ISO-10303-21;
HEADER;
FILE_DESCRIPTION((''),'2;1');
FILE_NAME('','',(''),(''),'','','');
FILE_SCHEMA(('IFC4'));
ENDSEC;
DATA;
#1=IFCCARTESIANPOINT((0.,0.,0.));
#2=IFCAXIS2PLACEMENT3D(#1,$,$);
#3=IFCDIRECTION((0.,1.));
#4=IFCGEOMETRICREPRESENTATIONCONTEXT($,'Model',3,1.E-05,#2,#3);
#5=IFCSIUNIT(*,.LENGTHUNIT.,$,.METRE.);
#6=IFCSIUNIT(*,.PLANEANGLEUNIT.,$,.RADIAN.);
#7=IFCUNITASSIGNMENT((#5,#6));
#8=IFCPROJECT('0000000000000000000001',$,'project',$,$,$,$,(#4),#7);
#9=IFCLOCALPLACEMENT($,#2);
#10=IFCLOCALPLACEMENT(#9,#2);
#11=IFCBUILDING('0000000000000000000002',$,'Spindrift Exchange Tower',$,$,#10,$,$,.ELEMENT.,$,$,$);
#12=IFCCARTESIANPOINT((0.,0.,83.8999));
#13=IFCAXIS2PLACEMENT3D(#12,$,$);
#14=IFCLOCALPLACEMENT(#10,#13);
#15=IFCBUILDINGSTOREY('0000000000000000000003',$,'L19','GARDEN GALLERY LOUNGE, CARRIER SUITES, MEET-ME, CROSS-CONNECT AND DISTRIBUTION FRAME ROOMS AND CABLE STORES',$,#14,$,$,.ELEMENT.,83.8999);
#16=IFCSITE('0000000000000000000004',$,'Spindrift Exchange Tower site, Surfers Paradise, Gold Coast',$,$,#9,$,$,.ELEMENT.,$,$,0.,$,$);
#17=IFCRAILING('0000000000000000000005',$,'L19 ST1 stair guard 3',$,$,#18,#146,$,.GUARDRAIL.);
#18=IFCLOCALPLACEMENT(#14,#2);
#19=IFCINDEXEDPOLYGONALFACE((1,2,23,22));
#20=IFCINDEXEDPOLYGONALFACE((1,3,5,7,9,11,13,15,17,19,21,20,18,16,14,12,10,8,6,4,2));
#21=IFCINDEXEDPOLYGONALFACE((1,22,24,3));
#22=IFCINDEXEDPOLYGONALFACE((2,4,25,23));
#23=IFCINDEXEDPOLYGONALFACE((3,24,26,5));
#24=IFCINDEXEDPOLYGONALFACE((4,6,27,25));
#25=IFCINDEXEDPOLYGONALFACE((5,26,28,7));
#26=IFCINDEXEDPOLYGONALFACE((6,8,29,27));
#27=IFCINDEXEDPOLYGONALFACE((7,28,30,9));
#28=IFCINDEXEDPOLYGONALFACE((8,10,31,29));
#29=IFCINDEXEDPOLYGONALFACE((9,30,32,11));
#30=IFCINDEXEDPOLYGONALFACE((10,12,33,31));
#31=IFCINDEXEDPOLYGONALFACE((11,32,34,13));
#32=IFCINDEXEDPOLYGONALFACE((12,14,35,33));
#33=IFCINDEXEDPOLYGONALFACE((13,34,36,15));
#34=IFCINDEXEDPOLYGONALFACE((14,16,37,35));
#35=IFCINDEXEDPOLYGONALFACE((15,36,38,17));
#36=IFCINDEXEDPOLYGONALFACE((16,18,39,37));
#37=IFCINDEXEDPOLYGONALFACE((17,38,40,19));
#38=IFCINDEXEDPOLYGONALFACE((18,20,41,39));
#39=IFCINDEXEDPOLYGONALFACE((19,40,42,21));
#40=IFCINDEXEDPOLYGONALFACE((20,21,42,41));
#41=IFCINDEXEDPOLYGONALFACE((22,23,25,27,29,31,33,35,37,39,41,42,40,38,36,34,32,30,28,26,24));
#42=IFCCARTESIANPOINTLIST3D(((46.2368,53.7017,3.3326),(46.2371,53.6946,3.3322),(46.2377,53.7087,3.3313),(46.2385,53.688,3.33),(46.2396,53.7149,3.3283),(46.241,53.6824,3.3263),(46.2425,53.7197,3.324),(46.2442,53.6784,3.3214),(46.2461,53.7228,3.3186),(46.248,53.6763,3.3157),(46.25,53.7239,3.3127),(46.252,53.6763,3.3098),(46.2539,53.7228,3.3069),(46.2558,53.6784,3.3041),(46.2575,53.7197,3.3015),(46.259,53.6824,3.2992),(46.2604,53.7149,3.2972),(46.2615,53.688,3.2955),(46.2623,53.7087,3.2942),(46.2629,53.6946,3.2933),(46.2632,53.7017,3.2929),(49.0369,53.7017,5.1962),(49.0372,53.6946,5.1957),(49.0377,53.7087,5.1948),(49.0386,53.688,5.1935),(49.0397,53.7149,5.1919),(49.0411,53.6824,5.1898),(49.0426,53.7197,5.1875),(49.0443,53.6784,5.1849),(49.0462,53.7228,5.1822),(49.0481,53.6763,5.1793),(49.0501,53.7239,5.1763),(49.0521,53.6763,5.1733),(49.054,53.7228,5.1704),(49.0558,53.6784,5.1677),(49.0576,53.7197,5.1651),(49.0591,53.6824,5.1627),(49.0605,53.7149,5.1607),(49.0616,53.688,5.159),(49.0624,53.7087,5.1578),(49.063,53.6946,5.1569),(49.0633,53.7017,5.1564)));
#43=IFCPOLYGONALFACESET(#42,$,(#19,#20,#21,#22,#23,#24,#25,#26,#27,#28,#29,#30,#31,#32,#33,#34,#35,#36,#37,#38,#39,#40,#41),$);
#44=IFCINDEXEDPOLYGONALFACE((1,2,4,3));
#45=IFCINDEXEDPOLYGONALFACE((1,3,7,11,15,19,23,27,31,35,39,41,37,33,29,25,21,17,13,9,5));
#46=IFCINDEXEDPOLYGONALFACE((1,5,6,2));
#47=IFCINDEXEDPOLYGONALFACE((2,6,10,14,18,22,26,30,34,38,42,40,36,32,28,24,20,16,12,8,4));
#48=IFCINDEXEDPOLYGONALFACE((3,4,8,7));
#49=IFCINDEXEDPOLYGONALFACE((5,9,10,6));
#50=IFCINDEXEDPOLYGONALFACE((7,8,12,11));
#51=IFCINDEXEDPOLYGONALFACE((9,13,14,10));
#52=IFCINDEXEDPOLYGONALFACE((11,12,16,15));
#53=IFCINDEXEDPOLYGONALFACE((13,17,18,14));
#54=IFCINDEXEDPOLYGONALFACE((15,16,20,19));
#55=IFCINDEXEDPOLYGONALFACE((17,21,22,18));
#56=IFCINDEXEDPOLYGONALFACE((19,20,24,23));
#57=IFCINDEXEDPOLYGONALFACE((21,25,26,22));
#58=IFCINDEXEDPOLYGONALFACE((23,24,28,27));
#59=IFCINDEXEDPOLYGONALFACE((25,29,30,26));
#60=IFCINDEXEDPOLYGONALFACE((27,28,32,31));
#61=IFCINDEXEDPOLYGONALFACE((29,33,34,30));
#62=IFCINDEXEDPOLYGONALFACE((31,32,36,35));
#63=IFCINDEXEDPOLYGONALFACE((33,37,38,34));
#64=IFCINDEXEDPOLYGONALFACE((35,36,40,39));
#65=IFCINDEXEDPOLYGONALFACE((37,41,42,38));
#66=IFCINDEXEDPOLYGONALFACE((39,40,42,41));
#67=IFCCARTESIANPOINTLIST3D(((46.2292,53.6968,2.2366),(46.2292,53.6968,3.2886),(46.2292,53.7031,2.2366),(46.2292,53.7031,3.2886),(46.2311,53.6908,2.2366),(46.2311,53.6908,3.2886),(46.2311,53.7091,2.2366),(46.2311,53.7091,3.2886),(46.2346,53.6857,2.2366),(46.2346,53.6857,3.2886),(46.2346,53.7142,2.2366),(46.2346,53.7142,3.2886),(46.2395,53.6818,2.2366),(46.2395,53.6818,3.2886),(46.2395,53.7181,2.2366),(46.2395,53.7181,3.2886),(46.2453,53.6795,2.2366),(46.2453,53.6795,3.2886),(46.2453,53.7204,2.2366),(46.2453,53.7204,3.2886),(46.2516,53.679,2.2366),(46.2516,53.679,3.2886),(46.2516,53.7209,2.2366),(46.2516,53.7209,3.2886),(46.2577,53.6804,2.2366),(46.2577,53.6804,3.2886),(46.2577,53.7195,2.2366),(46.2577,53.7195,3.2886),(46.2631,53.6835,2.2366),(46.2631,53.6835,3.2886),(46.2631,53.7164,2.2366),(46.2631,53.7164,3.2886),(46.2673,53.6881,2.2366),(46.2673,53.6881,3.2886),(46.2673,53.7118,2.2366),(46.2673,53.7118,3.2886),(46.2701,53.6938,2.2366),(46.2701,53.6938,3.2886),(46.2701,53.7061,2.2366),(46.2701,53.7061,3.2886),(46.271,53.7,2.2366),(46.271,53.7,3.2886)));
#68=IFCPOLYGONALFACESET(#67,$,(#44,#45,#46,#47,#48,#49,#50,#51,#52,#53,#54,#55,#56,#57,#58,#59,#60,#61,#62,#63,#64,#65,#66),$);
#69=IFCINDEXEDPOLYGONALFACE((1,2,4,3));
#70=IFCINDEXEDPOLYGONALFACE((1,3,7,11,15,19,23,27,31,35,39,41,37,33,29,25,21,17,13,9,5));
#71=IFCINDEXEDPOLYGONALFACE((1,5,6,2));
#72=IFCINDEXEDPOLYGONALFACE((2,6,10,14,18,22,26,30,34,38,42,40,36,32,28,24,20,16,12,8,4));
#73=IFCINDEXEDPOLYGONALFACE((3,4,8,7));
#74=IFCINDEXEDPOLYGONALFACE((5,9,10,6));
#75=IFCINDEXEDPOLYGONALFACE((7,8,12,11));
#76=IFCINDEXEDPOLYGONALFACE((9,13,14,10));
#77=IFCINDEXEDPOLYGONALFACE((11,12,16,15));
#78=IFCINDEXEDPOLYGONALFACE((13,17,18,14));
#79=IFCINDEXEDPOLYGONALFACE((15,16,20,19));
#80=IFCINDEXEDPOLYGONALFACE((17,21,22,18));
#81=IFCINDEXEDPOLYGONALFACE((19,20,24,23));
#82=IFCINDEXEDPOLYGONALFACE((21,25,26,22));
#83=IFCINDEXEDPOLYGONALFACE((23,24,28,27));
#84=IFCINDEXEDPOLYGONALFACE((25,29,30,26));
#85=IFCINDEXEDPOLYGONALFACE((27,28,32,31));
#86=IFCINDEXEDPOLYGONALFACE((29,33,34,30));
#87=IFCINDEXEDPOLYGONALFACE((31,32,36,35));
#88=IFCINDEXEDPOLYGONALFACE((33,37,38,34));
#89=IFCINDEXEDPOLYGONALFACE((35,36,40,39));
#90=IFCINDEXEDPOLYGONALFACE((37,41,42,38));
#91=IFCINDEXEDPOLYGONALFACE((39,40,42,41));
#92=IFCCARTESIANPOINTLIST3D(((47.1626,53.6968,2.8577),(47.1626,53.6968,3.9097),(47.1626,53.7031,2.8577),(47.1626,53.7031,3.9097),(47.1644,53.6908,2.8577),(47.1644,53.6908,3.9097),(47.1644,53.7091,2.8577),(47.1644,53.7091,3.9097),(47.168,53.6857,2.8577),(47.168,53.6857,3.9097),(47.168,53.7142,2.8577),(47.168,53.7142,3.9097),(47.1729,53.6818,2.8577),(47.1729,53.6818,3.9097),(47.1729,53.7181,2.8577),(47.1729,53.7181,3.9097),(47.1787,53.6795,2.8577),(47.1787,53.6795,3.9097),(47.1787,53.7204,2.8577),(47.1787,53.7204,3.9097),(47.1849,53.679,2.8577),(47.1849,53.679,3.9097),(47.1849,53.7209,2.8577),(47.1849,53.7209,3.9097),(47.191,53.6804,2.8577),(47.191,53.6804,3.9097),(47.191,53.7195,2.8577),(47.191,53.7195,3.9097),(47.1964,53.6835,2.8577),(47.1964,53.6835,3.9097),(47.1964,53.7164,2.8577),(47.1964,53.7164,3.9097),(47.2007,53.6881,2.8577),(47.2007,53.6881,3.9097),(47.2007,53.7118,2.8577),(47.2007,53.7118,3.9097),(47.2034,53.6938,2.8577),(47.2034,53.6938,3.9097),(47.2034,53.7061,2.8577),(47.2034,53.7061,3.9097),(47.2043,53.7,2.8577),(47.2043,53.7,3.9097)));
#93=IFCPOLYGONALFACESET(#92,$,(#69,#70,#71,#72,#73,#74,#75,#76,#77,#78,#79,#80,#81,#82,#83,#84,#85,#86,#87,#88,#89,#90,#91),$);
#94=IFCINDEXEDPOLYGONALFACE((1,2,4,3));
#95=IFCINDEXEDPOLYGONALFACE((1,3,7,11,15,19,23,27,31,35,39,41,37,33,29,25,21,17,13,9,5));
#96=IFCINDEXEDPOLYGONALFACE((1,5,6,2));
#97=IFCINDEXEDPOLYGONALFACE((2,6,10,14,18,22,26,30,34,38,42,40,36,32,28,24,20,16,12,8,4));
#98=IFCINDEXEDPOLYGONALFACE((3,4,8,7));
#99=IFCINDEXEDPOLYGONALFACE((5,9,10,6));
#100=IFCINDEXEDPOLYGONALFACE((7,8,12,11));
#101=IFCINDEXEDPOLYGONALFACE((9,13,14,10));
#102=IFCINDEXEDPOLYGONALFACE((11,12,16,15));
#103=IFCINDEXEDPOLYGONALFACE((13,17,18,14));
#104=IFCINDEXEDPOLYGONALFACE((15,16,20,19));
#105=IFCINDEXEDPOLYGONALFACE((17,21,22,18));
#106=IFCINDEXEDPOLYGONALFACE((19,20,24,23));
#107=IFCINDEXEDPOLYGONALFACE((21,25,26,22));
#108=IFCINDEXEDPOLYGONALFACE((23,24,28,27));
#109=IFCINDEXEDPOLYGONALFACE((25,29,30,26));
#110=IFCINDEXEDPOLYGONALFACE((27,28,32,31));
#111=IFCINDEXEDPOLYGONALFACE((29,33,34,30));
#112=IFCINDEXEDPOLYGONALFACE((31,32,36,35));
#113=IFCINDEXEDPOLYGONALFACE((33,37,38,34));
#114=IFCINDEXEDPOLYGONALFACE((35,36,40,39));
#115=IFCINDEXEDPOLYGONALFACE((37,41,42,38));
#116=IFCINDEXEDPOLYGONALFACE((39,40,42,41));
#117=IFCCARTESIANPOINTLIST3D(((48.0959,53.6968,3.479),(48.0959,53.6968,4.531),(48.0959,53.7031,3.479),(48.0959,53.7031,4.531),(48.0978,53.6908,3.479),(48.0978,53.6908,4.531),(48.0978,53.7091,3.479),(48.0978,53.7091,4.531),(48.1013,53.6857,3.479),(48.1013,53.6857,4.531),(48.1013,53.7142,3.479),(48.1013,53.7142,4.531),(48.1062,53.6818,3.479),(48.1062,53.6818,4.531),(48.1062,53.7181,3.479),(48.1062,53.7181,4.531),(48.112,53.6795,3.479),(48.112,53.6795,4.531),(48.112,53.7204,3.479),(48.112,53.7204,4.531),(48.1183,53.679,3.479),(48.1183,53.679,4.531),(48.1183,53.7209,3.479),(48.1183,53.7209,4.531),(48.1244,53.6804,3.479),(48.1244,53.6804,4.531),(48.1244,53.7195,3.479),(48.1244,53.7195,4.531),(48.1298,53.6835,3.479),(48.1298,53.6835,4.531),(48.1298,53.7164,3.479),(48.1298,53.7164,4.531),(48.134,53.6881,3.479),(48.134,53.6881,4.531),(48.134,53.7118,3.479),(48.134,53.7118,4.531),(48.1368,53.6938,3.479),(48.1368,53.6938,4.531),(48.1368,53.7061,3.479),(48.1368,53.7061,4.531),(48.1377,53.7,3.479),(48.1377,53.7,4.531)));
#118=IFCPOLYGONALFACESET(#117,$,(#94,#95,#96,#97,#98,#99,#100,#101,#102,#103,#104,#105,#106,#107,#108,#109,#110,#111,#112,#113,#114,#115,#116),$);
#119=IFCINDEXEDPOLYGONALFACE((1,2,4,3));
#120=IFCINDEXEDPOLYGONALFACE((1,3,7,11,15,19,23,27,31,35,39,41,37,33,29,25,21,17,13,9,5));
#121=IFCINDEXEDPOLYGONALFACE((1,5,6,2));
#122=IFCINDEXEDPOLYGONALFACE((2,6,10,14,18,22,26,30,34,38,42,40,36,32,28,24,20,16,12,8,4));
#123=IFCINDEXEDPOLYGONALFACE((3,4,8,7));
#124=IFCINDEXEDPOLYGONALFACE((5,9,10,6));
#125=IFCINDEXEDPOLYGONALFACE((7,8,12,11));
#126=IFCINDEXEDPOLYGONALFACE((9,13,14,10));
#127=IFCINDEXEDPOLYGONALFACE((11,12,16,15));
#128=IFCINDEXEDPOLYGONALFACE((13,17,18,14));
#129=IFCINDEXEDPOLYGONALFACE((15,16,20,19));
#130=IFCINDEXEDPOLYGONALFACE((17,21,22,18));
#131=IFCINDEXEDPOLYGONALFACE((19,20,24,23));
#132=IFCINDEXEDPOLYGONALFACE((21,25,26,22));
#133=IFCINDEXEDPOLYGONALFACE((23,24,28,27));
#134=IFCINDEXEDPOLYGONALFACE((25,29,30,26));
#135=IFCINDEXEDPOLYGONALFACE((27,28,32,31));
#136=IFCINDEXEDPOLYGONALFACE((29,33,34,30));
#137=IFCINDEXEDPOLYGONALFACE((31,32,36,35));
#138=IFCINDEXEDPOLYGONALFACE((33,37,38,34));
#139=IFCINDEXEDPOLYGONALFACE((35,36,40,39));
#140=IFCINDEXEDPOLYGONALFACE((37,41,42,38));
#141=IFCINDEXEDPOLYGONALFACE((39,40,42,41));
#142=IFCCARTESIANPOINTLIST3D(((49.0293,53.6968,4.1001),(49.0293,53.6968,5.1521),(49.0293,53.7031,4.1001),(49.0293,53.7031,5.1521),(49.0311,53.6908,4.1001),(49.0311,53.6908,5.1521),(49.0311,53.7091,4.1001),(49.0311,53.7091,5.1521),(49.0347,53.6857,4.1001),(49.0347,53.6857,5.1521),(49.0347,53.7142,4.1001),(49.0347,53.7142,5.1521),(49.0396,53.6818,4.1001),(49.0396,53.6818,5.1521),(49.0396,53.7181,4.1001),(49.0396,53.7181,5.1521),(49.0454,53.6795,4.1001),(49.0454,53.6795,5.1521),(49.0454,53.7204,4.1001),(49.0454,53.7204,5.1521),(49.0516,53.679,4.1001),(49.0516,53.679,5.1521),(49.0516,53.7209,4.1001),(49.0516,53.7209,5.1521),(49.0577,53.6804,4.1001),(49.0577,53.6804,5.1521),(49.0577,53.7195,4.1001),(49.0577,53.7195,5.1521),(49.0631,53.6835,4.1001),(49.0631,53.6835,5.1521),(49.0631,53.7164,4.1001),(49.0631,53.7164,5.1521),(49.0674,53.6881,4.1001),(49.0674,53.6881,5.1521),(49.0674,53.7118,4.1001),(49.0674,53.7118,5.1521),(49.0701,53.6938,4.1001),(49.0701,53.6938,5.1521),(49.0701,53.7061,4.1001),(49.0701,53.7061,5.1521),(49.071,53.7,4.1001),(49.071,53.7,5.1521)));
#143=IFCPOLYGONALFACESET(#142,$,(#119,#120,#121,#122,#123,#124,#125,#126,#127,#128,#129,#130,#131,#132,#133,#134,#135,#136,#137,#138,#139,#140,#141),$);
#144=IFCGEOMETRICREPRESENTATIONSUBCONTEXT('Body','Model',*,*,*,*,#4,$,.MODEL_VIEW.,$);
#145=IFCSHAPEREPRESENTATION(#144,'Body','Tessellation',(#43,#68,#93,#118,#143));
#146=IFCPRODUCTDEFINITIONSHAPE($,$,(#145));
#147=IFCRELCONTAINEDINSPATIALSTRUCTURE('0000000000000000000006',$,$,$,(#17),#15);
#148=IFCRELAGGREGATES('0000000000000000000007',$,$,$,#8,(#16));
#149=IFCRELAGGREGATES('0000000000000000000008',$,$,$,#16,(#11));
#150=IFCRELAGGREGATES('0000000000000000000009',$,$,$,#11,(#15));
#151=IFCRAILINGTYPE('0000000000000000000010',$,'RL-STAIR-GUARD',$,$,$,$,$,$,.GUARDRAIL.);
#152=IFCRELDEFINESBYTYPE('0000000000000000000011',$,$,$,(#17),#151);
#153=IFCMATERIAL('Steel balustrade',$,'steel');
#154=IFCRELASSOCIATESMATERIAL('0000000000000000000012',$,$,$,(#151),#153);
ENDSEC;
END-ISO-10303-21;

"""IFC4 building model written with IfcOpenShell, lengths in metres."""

from ifc_helpers import new_model, si_unit, direction, frame, origin, origin_2d, place, context, subcontext, project, spatial, circle, extrude, material, type_object, element, save


model = new_model("IFC4")

# Units and contexts
model_context = context("Model", 3, precision=1e-05, world=origin(), true_north=direction((0.0, 1.0)))
body_context = subcontext(model_context, "Body", "Model", "MODEL_VIEW")
ifc_project = project(units=[si_unit("LENGTHUNIT", "METRE"), si_unit("PLANEANGLEUNIT", "RADIAN")], contexts=[model_context])

# Site, building, storey
site_placement = place(None, origin())
site = spatial("IfcSite", under=ifc_project, at=site_placement, Name="Spindrift Exchange Tower site, Surfers Paradise, Gold Coast", CompositionType="ELEMENT", RefElevation=0.0)
building_placement = place(site_placement, origin())
building = spatial("IfcBuilding", under=site, at=building_placement, Name="Spindrift Exchange Tower", CompositionType="ELEMENT")
storey_placement = place(building_placement, frame((0.0, 0.0, 83.8999)))
storey = spatial("IfcBuildingStorey", under=building, at=storey_placement, Name="L19", Description="GARDEN GALLERY LOUNGE, CARRIER SUITES, MEET-ME, CROSS-CONNECT AND DISTRIBUTION FRAME ROOMS AND CABLE STORES", CompositionType="ELEMENT", Elevation=83.8999)

# Railing
ifc_material_1 = material(Name="Steel balustrade", Category="steel")
railing_type_1 = type_object("IfcRailingType", Name="RL-STAIR-GUARD", PredefinedType="GUARDRAIL", material=ifc_material_1)
railing_1_placement = place(storey_placement, frame((46.25, 53.7, 2.2366)))
element("IfcRailing", 1, at=railing_1_placement, inside=storey, type_object=railing_type_1, Name="L19 ST1 stair guard 3", PredefinedType="GUARDRAIL", context=body_context, shape_type="SweptSolid", body=[
    extrude(circle(Radius=0.0239, at=origin_2d()), frame((0.0, 0.0, 1.0762), z_axis=(0.832486, 0.0, 0.554047), x_axis=(0.0, 1.0, 0.0)), (0.0, 0.0, 1.0), 3.3635),
    extrude(circle(Radius=0.021, at=origin_2d()), origin(), (0.0, 0.0, 1.0), 1.052),
    extrude(circle(Radius=0.021, at=origin_2d()), frame((0.9333, 0.0, 0.6211)), (0.0, 0.0, 1.0), 1.052),
    extrude(circle(Radius=0.021, at=origin_2d()), frame((1.8667, 0.0, 1.2424)), (0.0, 0.0, 1.0), 1.052),
    extrude(circle(Radius=0.021, at=origin_2d()), frame((2.8, 0.0, 1.8635)), (0.0, 0.0, 1.0), 1.052),
])

save(model, "model.ifc")
